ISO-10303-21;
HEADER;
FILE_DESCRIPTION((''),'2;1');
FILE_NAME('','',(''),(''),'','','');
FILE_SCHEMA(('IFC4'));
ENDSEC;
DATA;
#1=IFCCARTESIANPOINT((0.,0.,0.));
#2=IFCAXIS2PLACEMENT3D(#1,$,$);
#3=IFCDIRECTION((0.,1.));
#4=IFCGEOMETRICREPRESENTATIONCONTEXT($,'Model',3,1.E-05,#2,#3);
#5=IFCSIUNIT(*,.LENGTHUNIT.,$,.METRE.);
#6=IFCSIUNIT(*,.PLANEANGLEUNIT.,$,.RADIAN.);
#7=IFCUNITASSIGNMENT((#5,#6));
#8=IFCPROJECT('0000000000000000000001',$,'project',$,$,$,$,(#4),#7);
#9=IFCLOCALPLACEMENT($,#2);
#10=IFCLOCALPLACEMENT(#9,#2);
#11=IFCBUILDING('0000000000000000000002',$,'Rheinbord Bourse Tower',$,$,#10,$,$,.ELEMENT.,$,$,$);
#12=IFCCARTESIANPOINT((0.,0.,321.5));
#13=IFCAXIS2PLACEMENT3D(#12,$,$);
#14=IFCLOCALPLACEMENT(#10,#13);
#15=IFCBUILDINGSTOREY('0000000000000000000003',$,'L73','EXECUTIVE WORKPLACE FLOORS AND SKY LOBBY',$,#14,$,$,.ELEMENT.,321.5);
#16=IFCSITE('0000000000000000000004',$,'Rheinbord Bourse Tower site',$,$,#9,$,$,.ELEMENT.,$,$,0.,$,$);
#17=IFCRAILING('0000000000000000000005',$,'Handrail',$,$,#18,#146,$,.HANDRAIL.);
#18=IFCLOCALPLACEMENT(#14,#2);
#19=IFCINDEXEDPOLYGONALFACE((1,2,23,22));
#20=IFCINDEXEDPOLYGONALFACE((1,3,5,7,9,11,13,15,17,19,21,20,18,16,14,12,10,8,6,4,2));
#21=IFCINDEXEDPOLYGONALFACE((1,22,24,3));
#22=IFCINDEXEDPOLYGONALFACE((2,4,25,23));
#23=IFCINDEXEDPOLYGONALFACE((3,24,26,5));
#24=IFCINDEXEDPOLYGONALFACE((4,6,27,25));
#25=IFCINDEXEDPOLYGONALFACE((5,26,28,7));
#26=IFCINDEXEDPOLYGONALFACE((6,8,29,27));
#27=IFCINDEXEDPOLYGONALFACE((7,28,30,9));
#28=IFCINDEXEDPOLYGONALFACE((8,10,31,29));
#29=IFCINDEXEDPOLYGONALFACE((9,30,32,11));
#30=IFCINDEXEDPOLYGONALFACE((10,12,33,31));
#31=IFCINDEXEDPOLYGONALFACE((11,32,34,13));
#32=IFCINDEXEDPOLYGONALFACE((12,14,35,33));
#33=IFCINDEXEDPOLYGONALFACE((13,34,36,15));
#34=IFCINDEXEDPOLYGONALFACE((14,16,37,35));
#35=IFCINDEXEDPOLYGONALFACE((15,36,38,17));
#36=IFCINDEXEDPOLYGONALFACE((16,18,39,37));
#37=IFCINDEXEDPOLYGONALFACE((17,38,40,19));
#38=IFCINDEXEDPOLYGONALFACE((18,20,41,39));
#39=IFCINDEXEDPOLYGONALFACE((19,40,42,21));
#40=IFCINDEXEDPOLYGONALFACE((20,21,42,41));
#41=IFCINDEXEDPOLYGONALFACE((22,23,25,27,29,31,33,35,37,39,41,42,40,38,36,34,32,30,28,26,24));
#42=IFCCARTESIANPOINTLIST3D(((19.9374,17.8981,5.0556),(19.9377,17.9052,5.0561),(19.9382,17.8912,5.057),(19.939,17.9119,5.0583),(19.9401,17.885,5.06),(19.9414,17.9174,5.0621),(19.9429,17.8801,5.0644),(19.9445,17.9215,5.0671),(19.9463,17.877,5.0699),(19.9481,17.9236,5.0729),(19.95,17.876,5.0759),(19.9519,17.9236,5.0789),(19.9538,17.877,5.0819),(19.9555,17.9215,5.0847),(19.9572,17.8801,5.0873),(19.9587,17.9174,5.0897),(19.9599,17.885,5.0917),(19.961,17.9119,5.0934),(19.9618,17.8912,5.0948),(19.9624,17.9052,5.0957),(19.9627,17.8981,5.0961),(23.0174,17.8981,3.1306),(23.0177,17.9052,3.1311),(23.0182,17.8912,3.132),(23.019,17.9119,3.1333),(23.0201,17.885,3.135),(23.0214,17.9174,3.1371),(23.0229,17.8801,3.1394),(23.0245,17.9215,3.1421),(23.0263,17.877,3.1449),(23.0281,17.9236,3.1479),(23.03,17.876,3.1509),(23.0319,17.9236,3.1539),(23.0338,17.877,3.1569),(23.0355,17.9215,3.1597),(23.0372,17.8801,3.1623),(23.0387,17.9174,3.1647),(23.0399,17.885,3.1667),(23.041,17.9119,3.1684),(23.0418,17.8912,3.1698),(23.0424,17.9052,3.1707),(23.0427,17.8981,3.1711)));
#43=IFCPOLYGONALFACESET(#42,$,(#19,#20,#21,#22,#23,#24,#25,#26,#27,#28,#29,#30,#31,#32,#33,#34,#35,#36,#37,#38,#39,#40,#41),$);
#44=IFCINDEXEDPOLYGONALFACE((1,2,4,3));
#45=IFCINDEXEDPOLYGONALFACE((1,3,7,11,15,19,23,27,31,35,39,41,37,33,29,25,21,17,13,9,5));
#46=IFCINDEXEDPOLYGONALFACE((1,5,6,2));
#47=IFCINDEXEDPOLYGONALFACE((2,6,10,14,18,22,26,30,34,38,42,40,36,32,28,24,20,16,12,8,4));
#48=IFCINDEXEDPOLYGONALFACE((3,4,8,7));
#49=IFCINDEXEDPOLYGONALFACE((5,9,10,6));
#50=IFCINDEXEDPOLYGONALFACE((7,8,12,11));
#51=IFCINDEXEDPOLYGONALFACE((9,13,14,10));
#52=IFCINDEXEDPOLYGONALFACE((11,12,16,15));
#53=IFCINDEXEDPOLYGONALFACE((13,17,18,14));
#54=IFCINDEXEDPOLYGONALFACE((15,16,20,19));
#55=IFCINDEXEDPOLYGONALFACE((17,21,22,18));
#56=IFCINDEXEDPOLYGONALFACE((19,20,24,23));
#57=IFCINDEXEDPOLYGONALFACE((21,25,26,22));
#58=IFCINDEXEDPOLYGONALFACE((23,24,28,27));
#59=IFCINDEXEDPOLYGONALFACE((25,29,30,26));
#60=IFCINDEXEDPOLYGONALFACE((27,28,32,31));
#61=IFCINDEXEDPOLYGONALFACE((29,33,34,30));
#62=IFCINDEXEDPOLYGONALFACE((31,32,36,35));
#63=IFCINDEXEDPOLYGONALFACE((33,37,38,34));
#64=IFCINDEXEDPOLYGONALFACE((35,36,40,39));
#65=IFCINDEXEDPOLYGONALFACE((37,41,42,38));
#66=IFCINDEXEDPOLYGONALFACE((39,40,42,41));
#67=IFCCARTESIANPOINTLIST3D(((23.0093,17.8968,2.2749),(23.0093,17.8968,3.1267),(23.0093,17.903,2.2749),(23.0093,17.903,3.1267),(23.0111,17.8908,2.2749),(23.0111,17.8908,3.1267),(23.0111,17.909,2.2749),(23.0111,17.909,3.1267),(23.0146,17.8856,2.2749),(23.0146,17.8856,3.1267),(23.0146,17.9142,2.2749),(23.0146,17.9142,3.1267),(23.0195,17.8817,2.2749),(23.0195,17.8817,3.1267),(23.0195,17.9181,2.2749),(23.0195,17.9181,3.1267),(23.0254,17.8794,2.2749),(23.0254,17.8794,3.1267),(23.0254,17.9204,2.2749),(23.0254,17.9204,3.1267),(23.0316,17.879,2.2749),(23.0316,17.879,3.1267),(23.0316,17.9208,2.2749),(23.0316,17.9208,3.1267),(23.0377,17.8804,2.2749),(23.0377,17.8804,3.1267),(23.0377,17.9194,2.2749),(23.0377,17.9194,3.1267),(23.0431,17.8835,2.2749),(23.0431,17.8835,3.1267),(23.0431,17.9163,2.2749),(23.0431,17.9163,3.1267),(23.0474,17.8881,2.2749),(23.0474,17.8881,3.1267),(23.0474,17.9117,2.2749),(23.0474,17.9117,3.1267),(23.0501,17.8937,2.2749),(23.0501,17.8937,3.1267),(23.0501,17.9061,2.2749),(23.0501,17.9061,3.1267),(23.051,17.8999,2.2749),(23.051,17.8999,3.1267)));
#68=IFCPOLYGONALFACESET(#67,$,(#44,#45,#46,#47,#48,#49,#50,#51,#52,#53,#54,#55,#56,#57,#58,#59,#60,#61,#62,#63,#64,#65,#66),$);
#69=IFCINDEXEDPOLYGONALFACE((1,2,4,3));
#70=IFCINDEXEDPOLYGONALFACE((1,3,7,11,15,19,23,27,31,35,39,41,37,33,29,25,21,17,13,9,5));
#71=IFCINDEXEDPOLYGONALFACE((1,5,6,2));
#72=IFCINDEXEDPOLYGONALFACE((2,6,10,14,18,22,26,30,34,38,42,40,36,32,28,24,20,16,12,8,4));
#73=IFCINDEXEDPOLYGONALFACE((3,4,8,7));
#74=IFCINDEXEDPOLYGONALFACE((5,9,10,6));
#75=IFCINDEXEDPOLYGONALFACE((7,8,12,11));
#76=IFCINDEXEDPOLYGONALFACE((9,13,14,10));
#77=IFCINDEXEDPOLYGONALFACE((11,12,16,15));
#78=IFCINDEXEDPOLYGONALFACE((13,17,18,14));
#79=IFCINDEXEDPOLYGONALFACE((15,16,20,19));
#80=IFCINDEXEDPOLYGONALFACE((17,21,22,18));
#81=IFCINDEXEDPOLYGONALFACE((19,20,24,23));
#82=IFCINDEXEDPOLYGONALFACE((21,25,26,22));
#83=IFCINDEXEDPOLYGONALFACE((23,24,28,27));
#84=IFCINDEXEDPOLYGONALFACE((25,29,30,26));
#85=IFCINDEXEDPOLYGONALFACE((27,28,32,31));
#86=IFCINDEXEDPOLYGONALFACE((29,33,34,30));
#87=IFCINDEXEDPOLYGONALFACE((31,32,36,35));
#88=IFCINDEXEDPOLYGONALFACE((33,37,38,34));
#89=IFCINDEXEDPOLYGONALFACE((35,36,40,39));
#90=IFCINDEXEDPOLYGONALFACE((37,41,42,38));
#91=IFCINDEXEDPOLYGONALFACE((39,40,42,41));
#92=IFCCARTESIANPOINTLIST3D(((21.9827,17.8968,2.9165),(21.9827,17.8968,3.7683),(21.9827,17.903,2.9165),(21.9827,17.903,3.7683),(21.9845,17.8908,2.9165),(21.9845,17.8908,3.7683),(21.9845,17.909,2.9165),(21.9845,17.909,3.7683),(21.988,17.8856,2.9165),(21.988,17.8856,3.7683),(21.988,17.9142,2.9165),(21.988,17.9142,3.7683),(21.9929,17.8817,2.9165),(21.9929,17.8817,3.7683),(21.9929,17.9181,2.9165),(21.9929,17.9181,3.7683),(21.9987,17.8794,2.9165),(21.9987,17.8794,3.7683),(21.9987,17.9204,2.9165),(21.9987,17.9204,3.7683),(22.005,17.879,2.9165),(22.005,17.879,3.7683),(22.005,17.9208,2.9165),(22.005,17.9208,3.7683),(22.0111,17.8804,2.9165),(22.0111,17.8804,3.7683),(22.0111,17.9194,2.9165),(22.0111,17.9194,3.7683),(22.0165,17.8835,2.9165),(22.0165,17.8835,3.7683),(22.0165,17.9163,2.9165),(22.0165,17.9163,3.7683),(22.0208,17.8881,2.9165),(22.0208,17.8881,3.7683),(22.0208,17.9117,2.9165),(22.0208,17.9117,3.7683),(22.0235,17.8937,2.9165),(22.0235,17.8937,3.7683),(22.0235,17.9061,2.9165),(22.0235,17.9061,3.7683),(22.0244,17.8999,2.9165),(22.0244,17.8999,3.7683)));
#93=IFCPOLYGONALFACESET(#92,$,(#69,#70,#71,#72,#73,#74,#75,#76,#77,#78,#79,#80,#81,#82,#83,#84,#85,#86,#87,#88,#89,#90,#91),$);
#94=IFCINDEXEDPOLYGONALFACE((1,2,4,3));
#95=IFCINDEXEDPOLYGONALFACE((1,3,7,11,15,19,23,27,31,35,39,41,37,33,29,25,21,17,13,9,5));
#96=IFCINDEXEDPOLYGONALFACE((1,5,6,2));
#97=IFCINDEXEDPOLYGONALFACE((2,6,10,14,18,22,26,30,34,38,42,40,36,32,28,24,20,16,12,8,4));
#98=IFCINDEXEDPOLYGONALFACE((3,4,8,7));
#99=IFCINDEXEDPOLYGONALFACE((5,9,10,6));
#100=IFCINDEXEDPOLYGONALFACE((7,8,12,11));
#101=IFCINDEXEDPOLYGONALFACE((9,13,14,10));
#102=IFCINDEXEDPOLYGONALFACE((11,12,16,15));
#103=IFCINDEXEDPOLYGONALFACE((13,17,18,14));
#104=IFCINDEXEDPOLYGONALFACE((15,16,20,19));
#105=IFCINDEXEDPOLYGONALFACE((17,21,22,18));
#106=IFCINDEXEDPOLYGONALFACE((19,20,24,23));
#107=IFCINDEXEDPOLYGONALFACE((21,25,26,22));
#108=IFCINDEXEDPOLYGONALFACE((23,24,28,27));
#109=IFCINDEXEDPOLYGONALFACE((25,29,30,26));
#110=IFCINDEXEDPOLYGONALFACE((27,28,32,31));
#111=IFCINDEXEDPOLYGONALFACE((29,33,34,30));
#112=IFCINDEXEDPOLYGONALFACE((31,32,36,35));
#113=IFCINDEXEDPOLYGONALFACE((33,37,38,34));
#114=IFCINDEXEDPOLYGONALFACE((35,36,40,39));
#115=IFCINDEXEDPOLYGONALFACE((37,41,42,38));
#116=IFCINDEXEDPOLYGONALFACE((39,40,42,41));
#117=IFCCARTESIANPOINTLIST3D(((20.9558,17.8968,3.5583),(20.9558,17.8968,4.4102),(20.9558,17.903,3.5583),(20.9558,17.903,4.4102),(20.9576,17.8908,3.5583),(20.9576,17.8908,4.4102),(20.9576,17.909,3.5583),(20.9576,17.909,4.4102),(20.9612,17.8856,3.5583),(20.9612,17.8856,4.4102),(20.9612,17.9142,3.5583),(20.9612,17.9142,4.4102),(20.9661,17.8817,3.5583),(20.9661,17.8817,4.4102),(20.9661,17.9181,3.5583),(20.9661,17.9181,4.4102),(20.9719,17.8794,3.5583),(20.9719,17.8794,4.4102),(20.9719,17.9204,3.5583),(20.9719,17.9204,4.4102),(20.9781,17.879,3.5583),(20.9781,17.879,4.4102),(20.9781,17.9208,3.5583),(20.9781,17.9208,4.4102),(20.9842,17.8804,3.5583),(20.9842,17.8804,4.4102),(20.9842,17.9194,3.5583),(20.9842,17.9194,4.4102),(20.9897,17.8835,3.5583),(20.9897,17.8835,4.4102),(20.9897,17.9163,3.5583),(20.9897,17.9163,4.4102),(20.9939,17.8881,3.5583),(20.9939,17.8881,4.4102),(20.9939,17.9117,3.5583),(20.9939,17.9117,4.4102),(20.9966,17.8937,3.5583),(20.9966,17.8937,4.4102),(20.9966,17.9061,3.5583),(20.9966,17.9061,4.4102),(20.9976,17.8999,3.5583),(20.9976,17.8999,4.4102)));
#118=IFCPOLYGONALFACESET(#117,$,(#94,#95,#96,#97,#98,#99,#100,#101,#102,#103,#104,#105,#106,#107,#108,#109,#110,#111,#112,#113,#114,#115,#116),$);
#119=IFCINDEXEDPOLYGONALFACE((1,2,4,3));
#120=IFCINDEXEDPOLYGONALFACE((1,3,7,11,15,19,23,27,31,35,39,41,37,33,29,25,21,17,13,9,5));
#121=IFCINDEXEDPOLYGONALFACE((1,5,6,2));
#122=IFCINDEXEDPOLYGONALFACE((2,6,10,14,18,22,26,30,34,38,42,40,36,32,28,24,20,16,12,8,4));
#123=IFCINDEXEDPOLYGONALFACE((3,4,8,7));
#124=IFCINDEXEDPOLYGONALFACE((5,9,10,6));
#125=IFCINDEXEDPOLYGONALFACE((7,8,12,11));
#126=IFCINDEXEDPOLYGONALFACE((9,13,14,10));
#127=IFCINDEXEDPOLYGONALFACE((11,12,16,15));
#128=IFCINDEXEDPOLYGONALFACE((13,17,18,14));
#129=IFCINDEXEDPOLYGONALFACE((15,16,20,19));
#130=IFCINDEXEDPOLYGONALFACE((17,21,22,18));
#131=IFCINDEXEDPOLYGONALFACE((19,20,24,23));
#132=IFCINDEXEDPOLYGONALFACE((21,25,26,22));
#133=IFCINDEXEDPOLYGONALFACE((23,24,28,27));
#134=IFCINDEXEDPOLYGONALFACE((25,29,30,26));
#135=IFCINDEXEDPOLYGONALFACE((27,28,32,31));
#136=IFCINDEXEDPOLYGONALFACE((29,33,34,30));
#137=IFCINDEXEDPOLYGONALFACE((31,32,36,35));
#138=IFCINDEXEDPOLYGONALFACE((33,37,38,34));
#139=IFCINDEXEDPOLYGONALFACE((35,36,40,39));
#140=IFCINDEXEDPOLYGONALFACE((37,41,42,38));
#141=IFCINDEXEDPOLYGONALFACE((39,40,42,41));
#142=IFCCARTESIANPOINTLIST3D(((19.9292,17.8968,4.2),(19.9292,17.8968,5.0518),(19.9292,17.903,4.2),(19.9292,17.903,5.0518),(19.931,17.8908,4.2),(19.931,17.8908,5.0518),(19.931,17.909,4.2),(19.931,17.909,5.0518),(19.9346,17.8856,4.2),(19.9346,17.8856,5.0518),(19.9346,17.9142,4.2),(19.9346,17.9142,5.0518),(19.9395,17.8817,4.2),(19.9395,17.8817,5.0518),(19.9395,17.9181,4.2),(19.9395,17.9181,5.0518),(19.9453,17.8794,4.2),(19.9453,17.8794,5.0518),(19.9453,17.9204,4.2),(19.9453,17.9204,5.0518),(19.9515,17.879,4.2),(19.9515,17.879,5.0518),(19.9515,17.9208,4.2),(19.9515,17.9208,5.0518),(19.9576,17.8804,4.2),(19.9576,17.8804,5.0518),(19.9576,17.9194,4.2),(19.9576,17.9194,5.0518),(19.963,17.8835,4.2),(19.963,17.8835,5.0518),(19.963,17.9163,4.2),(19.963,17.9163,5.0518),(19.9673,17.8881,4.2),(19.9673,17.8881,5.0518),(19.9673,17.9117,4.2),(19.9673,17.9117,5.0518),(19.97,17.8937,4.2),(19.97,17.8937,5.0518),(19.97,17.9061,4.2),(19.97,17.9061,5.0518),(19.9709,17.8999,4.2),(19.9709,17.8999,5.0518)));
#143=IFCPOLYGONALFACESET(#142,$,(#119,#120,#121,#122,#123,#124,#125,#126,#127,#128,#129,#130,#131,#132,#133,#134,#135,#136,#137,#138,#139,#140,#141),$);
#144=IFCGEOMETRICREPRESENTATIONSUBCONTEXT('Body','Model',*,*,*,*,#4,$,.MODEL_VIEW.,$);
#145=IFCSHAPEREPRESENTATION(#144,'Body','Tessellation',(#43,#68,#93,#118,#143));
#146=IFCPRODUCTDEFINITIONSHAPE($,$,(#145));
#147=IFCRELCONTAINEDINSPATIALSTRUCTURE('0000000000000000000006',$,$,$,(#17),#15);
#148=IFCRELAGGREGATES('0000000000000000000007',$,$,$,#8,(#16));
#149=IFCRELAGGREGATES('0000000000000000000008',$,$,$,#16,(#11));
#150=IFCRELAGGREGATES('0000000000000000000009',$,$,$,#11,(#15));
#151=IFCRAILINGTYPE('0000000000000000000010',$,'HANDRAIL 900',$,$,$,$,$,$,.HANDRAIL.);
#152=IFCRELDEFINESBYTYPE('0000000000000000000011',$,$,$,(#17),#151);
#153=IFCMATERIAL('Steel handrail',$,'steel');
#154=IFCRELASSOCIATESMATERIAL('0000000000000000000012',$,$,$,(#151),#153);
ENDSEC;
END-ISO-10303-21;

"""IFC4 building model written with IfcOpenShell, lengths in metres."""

from ifc_helpers import new_model, si_unit, direction, frame, origin, origin_2d, place, context, subcontext, project, spatial, circle, extrude, material, type_object, element, save


model = new_model("IFC4")

# Units and contexts
model_context = context("Model", 3, precision=1e-05, world=origin(), true_north=direction((0.0, 1.0)))
body_context = subcontext(model_context, "Body", "Model", "MODEL_VIEW")
ifc_project = project(units=[si_unit("LENGTHUNIT", "METRE"), si_unit("PLANEANGLEUNIT", "RADIAN")], contexts=[model_context])

# Site, building, storey
site_placement = place(None, origin())
site = spatial("IfcSite", under=ifc_project, at=site_placement, Name="Rheinbord Bourse Tower site", CompositionType="ELEMENT", RefElevation=0.0)
building_placement = place(site_placement, origin())
building = spatial("IfcBuilding", under=site, at=building_placement, Name="Rheinbord Bourse Tower", CompositionType="ELEMENT")
storey_placement = place(building_placement, frame((0.0, 0.0, 321.5)))
storey = spatial("IfcBuildingStorey", under=building, at=storey_placement, Name="L73", Description="EXECUTIVE WORKPLACE FLOORS AND SKY LOBBY", CompositionType="ELEMENT", Elevation=321.5)

# Railing
ifc_material_1 = material(Name="Steel handrail", Category="steel")
railing_type = type_object("IfcRailingType", Name="HANDRAIL 900", PredefinedType="HANDRAIL", material=ifc_material_1)
railing_1_placement = place(storey_placement, frame((23.03, 17.8999, 2.2749)))
element("IfcRailing", 1, at=railing_1_placement, inside=storey, type_object=railing_type, Name="Handrail", PredefinedType="HANDRAIL", context=body_context, shape_type="SweptSolid", body=[
    extrude(circle(Radius=0.0239, at=origin_2d()), frame((0.0, 0.0, 0.876), z_axis=(-0.847998, 0.0, 0.529999), x_axis=(0.0, -1.0, 0.0)), (0.0, 0.0, 1.0), 3.6321),
    extrude(circle(Radius=0.021, at=origin_2d()), origin(), (0.0, 0.0, 1.0), 0.8518),
    extrude(circle(Radius=0.021, at=origin_2d()), frame((-1.0266, 0.0, 0.6416)), (0.0, 0.0, 1.0), 0.8518),
    extrude(circle(Radius=0.021, at=origin_2d()), frame((-2.0535, 0.0, 1.2834)), (0.0, 0.0, 1.0), 0.8518),
    extrude(circle(Radius=0.021, at=origin_2d()), frame((-3.0801, 0.0, 1.925)), (0.0, 0.0, 1.0), 0.8518),
])

save(model, "model.ifc")
